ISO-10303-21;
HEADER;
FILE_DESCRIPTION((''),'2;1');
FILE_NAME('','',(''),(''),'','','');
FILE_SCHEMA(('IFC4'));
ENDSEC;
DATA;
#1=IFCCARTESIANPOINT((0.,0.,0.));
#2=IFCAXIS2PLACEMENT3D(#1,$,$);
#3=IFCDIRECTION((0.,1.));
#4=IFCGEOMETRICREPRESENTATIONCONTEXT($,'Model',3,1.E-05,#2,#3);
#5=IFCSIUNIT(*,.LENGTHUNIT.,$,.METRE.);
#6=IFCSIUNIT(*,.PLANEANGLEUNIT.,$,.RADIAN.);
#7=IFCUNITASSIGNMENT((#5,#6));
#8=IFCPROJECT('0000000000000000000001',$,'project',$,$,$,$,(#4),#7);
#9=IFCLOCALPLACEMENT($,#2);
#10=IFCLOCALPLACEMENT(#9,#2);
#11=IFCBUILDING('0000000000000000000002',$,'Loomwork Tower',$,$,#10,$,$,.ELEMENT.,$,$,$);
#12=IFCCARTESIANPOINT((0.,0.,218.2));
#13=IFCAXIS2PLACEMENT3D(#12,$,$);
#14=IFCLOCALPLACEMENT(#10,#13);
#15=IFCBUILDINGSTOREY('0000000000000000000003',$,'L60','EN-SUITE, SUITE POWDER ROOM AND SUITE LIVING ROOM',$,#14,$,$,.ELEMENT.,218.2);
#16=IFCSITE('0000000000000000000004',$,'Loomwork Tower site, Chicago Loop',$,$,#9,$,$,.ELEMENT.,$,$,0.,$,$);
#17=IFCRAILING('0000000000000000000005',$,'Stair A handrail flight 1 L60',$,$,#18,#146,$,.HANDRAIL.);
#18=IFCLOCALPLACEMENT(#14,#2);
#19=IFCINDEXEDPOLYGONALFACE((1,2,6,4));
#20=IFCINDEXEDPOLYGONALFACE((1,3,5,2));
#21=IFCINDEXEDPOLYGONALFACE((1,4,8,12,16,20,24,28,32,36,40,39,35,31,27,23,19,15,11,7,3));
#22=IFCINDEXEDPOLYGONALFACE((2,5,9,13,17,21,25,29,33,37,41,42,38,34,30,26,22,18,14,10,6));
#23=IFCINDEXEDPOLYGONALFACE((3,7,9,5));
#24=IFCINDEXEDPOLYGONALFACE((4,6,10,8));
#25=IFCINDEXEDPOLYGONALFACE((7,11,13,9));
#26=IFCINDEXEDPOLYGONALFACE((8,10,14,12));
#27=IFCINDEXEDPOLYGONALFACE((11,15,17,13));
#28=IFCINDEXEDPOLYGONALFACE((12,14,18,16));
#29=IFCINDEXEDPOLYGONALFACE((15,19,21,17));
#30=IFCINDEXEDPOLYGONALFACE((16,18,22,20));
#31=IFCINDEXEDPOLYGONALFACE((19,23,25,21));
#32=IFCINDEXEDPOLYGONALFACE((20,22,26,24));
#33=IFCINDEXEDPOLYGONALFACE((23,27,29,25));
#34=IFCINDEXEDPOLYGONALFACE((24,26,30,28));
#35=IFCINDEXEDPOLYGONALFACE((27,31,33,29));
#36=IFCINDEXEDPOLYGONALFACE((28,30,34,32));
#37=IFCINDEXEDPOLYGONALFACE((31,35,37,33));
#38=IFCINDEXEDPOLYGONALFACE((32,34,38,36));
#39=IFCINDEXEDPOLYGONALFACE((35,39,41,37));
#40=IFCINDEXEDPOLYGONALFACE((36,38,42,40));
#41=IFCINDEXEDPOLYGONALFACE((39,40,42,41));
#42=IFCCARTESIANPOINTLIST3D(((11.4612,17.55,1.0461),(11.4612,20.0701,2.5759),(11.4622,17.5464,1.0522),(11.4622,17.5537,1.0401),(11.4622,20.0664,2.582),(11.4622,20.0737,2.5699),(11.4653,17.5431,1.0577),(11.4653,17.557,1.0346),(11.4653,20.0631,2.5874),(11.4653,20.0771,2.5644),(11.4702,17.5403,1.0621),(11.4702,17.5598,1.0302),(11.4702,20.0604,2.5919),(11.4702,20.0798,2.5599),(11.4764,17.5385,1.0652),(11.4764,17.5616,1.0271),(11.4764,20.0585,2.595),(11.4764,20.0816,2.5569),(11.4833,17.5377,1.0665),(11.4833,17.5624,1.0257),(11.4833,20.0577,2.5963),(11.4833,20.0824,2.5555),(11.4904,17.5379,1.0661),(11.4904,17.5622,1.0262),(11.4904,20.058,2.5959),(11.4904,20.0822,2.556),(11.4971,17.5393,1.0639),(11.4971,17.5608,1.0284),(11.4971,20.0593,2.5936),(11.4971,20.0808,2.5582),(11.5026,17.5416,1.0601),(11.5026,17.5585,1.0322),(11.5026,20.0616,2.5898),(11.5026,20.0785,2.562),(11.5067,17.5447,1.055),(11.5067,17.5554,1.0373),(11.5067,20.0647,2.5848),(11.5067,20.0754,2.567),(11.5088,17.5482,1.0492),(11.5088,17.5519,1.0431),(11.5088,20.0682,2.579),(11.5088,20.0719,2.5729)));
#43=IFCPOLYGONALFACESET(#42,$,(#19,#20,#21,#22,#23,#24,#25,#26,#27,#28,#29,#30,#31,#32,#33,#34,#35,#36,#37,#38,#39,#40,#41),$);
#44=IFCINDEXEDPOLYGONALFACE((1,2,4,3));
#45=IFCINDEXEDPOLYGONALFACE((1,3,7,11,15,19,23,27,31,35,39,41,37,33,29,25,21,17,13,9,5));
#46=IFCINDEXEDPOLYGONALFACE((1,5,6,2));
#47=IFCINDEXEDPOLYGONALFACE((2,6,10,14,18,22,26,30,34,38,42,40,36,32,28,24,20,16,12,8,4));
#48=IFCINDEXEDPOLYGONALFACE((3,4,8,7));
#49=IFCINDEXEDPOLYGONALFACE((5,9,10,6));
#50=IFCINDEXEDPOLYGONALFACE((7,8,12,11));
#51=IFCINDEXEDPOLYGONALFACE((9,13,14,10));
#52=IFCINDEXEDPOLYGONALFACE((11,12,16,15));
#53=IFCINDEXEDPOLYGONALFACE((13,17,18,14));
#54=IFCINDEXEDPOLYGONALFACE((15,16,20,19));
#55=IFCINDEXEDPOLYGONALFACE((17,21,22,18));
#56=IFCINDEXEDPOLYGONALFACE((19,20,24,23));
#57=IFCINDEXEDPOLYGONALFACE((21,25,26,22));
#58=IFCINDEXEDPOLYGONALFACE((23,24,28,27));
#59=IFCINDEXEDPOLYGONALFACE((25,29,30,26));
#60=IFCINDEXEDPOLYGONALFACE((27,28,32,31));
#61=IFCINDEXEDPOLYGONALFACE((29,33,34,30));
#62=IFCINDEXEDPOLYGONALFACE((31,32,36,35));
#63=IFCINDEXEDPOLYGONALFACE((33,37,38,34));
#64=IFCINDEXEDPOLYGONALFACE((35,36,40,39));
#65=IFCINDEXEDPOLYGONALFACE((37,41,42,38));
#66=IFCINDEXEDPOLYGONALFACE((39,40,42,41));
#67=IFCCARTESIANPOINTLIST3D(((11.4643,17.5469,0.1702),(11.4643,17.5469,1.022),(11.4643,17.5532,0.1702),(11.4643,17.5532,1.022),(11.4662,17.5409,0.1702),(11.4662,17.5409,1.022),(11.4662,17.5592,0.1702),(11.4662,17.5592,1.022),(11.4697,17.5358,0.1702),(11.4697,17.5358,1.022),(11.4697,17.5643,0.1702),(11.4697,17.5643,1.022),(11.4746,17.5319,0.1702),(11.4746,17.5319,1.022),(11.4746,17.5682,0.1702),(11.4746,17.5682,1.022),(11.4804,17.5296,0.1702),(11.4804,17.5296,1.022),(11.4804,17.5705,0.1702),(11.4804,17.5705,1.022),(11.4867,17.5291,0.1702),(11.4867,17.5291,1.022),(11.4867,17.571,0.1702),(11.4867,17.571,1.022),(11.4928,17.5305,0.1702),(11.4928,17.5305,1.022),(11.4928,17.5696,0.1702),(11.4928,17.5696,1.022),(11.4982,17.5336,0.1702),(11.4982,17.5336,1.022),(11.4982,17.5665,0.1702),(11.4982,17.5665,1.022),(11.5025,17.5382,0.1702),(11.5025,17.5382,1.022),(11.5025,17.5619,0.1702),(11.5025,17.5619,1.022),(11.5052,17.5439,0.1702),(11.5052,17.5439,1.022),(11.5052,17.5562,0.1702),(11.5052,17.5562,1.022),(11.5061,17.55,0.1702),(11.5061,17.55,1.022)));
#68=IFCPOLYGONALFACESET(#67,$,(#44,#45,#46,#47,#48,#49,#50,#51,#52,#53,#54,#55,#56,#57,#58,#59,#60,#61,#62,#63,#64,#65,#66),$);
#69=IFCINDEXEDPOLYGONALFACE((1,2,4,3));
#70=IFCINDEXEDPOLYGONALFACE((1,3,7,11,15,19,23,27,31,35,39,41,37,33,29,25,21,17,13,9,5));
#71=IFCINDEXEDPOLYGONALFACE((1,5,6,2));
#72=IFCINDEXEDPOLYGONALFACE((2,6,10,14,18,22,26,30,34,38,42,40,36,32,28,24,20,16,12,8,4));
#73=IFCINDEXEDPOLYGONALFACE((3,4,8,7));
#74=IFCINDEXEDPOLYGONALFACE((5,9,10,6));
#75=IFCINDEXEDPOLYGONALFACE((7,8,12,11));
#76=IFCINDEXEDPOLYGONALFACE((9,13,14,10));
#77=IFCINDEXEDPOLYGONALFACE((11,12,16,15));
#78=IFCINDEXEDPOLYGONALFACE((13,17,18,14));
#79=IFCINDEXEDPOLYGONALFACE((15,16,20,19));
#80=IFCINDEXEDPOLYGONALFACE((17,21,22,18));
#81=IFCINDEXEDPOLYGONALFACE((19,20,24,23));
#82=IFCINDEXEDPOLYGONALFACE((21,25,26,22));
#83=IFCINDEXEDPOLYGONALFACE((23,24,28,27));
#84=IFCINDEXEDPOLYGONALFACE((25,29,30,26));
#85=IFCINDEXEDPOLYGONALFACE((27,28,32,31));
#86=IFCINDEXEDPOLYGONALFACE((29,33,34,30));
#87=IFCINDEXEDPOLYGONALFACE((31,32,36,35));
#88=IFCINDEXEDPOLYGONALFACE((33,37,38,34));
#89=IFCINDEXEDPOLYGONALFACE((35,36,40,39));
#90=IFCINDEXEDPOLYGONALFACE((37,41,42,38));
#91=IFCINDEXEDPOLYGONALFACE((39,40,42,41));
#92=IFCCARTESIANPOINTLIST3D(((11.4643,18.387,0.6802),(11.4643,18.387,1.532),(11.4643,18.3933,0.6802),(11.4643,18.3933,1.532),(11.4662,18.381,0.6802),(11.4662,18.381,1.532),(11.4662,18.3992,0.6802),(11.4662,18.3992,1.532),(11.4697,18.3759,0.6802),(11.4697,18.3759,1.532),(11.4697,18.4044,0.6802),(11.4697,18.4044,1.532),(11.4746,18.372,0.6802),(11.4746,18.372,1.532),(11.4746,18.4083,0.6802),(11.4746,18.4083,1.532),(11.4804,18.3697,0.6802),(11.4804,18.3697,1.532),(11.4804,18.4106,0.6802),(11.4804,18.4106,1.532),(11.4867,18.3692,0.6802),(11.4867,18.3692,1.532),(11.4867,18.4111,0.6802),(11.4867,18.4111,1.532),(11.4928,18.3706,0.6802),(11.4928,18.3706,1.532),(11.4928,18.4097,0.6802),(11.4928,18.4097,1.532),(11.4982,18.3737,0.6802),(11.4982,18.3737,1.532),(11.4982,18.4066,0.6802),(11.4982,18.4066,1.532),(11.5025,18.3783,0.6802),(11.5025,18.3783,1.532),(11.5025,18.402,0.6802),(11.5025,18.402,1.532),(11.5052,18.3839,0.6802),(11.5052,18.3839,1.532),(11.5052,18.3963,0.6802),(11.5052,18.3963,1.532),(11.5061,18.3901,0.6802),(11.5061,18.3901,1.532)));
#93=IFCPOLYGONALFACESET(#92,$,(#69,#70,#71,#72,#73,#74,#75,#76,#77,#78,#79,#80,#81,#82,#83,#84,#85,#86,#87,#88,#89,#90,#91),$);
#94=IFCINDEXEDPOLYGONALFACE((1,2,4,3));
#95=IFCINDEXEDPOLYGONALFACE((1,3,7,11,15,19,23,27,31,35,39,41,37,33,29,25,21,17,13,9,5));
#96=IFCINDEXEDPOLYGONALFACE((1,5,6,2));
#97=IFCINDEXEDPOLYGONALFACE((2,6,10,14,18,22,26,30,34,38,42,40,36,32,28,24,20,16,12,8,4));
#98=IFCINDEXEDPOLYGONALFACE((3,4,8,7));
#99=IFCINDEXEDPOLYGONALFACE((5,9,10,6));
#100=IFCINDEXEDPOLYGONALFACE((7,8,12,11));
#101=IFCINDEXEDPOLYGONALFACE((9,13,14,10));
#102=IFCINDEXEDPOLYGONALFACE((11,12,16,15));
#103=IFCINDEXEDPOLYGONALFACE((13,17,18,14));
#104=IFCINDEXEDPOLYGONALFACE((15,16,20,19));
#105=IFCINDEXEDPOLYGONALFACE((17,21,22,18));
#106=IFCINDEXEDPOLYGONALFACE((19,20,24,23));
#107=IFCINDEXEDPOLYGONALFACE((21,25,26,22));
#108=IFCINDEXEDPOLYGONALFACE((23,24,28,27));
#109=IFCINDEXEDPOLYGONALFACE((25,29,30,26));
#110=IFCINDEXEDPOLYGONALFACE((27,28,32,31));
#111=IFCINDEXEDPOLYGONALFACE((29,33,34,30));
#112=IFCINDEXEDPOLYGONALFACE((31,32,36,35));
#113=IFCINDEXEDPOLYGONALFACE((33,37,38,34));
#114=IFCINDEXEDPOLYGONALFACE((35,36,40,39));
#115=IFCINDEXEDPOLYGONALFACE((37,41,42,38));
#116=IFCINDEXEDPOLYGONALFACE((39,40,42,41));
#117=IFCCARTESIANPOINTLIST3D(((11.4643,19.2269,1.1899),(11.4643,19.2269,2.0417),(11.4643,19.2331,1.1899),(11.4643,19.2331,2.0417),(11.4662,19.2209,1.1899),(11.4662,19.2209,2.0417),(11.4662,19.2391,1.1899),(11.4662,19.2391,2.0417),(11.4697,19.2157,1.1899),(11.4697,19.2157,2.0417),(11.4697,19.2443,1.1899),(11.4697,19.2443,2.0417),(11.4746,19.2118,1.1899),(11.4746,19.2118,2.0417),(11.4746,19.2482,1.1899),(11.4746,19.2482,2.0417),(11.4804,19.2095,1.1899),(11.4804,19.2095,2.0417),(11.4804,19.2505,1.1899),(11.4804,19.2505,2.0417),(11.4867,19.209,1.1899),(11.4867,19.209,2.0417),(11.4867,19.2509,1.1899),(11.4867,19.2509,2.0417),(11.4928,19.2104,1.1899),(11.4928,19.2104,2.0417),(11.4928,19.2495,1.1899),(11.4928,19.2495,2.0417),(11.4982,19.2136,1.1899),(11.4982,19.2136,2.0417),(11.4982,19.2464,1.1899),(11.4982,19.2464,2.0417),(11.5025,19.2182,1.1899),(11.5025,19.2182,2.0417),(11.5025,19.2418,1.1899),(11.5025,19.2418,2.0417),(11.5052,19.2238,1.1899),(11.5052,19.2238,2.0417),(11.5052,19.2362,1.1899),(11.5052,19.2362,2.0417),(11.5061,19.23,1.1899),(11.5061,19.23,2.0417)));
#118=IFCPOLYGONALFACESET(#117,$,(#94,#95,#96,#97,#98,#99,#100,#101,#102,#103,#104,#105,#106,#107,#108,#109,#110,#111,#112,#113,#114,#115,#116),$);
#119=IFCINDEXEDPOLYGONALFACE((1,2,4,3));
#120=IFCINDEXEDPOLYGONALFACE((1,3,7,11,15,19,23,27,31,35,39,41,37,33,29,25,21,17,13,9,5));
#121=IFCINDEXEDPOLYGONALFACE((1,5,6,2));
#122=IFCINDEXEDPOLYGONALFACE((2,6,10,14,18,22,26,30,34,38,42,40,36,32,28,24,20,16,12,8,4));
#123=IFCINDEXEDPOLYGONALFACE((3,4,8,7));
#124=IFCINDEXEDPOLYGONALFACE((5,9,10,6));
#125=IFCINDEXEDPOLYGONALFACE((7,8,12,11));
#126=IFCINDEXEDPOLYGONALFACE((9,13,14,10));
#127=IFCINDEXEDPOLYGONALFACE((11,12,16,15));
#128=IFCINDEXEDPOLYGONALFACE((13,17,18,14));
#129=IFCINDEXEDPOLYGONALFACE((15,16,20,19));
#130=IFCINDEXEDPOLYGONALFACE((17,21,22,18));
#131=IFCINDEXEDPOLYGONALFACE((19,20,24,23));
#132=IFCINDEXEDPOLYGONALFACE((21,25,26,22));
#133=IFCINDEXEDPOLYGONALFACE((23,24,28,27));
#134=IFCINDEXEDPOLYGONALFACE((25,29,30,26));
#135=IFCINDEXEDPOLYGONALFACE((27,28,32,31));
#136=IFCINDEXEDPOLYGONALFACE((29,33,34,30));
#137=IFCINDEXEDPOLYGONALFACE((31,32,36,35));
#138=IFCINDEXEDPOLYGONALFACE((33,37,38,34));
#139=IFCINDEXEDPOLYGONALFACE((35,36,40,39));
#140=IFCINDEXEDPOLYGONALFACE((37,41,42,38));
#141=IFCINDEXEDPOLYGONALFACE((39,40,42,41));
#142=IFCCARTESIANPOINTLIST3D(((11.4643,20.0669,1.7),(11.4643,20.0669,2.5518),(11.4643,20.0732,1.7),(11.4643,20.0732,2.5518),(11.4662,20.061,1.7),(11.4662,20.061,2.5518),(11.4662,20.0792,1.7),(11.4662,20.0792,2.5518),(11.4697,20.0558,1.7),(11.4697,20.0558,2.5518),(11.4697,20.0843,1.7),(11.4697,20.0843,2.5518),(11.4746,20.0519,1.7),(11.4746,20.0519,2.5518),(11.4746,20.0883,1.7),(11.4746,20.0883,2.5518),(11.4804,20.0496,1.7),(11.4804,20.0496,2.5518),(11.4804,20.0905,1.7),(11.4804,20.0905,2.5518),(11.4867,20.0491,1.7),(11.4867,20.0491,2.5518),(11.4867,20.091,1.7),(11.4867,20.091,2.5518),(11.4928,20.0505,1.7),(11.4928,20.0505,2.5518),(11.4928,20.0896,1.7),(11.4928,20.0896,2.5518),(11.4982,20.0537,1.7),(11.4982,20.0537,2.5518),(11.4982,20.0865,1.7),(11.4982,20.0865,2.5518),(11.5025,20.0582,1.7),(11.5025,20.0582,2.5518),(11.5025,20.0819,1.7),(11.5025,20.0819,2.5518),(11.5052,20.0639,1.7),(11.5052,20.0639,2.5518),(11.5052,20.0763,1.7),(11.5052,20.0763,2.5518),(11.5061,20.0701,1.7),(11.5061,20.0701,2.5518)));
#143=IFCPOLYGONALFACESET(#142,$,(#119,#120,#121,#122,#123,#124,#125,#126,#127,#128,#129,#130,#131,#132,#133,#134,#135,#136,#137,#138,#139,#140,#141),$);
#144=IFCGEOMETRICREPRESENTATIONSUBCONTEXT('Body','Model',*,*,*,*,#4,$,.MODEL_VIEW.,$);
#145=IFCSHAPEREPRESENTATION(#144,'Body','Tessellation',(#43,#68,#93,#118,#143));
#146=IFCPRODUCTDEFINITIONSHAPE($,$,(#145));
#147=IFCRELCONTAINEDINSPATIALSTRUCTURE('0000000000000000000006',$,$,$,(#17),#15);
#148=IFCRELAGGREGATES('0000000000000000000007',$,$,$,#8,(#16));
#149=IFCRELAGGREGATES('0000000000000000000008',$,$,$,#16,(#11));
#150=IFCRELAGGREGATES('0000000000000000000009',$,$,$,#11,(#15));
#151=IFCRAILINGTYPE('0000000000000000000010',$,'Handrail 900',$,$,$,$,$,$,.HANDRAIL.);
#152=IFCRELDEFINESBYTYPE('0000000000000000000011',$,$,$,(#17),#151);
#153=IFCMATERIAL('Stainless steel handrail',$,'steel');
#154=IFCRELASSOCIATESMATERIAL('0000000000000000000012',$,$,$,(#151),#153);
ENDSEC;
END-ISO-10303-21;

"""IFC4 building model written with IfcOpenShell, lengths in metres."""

from ifc_helpers import new_model, si_unit, direction, frame, origin, origin_2d, place, context, subcontext, project, spatial, circle, extrude, material, type_object, element, save


model = new_model("IFC4")

# Units and contexts
model_context = context("Model", 3, precision=1e-05, world=origin(), true_north=direction((0.0, 1.0)))
body_context = subcontext(model_context, "Body", "Model", "MODEL_VIEW")
ifc_project = project(units=[si_unit("LENGTHUNIT", "METRE"), si_unit("PLANEANGLEUNIT", "RADIAN")], contexts=[model_context])

# Site, building, storey
site_placement = place(None, origin())
site = spatial("IfcSite", under=ifc_project, at=site_placement, Name="Loomwork Tower site, Chicago Loop", CompositionType="ELEMENT", RefElevation=0.0)
building_placement = place(site_placement, origin())
building = spatial("IfcBuilding", under=site, at=building_placement, Name="Loomwork Tower", CompositionType="ELEMENT")
storey_placement = place(building_placement, frame((0.0, 0.0, 218.2)))
storey = spatial("IfcBuildingStorey", under=building, at=storey_placement, Name="L60", Description="EN-SUITE, SUITE POWDER ROOM AND SUITE LIVING ROOM", CompositionType="ELEMENT", Elevation=218.2)

# Railing
ifc_material_1 = material(Name="Stainless steel handrail", Category="steel")
railing_type = type_object("IfcRailingType", Name="Handrail 900", PredefinedType="HANDRAIL", material=ifc_material_1)
railing_1_placement = place(storey_placement, frame((11.4851, 17.55, 0.1702)))
element("IfcRailing", 1, at=railing_1_placement, inside=storey, type_object=railing_type, Name="Stair A handrail flight 1 L60", PredefinedType="HANDRAIL", context=body_context, shape_type="SweptSolid", body=[
    extrude(circle(Radius=0.0239, at=origin_2d()), frame((0.0, 0.0, 0.876), z_axis=(0.0, 0.854822, 0.518922), x_axis=(-1.0, 0.0, 0.0)), (0.0, 0.0, 1.0), 2.948),
    extrude(circle(Radius=0.021, at=origin_2d()), origin(), (0.0, 0.0, 1.0), 0.8518),
    extrude(circle(Radius=0.021, at=origin_2d()), frame((0.0, 0.8401, 0.51)), (0.0, 0.0, 1.0), 0.8518),
    extrude(circle(Radius=0.021, at=origin_2d()), frame((0.0, 1.6799, 1.0198)), (0.0, 0.0, 1.0), 0.8518),
    extrude(circle(Radius=0.021, at=origin_2d()), frame((0.0, 2.52, 1.5298)), (0.0, 0.0, 1.0), 0.8518),
])

save(model, "model.ifc")
